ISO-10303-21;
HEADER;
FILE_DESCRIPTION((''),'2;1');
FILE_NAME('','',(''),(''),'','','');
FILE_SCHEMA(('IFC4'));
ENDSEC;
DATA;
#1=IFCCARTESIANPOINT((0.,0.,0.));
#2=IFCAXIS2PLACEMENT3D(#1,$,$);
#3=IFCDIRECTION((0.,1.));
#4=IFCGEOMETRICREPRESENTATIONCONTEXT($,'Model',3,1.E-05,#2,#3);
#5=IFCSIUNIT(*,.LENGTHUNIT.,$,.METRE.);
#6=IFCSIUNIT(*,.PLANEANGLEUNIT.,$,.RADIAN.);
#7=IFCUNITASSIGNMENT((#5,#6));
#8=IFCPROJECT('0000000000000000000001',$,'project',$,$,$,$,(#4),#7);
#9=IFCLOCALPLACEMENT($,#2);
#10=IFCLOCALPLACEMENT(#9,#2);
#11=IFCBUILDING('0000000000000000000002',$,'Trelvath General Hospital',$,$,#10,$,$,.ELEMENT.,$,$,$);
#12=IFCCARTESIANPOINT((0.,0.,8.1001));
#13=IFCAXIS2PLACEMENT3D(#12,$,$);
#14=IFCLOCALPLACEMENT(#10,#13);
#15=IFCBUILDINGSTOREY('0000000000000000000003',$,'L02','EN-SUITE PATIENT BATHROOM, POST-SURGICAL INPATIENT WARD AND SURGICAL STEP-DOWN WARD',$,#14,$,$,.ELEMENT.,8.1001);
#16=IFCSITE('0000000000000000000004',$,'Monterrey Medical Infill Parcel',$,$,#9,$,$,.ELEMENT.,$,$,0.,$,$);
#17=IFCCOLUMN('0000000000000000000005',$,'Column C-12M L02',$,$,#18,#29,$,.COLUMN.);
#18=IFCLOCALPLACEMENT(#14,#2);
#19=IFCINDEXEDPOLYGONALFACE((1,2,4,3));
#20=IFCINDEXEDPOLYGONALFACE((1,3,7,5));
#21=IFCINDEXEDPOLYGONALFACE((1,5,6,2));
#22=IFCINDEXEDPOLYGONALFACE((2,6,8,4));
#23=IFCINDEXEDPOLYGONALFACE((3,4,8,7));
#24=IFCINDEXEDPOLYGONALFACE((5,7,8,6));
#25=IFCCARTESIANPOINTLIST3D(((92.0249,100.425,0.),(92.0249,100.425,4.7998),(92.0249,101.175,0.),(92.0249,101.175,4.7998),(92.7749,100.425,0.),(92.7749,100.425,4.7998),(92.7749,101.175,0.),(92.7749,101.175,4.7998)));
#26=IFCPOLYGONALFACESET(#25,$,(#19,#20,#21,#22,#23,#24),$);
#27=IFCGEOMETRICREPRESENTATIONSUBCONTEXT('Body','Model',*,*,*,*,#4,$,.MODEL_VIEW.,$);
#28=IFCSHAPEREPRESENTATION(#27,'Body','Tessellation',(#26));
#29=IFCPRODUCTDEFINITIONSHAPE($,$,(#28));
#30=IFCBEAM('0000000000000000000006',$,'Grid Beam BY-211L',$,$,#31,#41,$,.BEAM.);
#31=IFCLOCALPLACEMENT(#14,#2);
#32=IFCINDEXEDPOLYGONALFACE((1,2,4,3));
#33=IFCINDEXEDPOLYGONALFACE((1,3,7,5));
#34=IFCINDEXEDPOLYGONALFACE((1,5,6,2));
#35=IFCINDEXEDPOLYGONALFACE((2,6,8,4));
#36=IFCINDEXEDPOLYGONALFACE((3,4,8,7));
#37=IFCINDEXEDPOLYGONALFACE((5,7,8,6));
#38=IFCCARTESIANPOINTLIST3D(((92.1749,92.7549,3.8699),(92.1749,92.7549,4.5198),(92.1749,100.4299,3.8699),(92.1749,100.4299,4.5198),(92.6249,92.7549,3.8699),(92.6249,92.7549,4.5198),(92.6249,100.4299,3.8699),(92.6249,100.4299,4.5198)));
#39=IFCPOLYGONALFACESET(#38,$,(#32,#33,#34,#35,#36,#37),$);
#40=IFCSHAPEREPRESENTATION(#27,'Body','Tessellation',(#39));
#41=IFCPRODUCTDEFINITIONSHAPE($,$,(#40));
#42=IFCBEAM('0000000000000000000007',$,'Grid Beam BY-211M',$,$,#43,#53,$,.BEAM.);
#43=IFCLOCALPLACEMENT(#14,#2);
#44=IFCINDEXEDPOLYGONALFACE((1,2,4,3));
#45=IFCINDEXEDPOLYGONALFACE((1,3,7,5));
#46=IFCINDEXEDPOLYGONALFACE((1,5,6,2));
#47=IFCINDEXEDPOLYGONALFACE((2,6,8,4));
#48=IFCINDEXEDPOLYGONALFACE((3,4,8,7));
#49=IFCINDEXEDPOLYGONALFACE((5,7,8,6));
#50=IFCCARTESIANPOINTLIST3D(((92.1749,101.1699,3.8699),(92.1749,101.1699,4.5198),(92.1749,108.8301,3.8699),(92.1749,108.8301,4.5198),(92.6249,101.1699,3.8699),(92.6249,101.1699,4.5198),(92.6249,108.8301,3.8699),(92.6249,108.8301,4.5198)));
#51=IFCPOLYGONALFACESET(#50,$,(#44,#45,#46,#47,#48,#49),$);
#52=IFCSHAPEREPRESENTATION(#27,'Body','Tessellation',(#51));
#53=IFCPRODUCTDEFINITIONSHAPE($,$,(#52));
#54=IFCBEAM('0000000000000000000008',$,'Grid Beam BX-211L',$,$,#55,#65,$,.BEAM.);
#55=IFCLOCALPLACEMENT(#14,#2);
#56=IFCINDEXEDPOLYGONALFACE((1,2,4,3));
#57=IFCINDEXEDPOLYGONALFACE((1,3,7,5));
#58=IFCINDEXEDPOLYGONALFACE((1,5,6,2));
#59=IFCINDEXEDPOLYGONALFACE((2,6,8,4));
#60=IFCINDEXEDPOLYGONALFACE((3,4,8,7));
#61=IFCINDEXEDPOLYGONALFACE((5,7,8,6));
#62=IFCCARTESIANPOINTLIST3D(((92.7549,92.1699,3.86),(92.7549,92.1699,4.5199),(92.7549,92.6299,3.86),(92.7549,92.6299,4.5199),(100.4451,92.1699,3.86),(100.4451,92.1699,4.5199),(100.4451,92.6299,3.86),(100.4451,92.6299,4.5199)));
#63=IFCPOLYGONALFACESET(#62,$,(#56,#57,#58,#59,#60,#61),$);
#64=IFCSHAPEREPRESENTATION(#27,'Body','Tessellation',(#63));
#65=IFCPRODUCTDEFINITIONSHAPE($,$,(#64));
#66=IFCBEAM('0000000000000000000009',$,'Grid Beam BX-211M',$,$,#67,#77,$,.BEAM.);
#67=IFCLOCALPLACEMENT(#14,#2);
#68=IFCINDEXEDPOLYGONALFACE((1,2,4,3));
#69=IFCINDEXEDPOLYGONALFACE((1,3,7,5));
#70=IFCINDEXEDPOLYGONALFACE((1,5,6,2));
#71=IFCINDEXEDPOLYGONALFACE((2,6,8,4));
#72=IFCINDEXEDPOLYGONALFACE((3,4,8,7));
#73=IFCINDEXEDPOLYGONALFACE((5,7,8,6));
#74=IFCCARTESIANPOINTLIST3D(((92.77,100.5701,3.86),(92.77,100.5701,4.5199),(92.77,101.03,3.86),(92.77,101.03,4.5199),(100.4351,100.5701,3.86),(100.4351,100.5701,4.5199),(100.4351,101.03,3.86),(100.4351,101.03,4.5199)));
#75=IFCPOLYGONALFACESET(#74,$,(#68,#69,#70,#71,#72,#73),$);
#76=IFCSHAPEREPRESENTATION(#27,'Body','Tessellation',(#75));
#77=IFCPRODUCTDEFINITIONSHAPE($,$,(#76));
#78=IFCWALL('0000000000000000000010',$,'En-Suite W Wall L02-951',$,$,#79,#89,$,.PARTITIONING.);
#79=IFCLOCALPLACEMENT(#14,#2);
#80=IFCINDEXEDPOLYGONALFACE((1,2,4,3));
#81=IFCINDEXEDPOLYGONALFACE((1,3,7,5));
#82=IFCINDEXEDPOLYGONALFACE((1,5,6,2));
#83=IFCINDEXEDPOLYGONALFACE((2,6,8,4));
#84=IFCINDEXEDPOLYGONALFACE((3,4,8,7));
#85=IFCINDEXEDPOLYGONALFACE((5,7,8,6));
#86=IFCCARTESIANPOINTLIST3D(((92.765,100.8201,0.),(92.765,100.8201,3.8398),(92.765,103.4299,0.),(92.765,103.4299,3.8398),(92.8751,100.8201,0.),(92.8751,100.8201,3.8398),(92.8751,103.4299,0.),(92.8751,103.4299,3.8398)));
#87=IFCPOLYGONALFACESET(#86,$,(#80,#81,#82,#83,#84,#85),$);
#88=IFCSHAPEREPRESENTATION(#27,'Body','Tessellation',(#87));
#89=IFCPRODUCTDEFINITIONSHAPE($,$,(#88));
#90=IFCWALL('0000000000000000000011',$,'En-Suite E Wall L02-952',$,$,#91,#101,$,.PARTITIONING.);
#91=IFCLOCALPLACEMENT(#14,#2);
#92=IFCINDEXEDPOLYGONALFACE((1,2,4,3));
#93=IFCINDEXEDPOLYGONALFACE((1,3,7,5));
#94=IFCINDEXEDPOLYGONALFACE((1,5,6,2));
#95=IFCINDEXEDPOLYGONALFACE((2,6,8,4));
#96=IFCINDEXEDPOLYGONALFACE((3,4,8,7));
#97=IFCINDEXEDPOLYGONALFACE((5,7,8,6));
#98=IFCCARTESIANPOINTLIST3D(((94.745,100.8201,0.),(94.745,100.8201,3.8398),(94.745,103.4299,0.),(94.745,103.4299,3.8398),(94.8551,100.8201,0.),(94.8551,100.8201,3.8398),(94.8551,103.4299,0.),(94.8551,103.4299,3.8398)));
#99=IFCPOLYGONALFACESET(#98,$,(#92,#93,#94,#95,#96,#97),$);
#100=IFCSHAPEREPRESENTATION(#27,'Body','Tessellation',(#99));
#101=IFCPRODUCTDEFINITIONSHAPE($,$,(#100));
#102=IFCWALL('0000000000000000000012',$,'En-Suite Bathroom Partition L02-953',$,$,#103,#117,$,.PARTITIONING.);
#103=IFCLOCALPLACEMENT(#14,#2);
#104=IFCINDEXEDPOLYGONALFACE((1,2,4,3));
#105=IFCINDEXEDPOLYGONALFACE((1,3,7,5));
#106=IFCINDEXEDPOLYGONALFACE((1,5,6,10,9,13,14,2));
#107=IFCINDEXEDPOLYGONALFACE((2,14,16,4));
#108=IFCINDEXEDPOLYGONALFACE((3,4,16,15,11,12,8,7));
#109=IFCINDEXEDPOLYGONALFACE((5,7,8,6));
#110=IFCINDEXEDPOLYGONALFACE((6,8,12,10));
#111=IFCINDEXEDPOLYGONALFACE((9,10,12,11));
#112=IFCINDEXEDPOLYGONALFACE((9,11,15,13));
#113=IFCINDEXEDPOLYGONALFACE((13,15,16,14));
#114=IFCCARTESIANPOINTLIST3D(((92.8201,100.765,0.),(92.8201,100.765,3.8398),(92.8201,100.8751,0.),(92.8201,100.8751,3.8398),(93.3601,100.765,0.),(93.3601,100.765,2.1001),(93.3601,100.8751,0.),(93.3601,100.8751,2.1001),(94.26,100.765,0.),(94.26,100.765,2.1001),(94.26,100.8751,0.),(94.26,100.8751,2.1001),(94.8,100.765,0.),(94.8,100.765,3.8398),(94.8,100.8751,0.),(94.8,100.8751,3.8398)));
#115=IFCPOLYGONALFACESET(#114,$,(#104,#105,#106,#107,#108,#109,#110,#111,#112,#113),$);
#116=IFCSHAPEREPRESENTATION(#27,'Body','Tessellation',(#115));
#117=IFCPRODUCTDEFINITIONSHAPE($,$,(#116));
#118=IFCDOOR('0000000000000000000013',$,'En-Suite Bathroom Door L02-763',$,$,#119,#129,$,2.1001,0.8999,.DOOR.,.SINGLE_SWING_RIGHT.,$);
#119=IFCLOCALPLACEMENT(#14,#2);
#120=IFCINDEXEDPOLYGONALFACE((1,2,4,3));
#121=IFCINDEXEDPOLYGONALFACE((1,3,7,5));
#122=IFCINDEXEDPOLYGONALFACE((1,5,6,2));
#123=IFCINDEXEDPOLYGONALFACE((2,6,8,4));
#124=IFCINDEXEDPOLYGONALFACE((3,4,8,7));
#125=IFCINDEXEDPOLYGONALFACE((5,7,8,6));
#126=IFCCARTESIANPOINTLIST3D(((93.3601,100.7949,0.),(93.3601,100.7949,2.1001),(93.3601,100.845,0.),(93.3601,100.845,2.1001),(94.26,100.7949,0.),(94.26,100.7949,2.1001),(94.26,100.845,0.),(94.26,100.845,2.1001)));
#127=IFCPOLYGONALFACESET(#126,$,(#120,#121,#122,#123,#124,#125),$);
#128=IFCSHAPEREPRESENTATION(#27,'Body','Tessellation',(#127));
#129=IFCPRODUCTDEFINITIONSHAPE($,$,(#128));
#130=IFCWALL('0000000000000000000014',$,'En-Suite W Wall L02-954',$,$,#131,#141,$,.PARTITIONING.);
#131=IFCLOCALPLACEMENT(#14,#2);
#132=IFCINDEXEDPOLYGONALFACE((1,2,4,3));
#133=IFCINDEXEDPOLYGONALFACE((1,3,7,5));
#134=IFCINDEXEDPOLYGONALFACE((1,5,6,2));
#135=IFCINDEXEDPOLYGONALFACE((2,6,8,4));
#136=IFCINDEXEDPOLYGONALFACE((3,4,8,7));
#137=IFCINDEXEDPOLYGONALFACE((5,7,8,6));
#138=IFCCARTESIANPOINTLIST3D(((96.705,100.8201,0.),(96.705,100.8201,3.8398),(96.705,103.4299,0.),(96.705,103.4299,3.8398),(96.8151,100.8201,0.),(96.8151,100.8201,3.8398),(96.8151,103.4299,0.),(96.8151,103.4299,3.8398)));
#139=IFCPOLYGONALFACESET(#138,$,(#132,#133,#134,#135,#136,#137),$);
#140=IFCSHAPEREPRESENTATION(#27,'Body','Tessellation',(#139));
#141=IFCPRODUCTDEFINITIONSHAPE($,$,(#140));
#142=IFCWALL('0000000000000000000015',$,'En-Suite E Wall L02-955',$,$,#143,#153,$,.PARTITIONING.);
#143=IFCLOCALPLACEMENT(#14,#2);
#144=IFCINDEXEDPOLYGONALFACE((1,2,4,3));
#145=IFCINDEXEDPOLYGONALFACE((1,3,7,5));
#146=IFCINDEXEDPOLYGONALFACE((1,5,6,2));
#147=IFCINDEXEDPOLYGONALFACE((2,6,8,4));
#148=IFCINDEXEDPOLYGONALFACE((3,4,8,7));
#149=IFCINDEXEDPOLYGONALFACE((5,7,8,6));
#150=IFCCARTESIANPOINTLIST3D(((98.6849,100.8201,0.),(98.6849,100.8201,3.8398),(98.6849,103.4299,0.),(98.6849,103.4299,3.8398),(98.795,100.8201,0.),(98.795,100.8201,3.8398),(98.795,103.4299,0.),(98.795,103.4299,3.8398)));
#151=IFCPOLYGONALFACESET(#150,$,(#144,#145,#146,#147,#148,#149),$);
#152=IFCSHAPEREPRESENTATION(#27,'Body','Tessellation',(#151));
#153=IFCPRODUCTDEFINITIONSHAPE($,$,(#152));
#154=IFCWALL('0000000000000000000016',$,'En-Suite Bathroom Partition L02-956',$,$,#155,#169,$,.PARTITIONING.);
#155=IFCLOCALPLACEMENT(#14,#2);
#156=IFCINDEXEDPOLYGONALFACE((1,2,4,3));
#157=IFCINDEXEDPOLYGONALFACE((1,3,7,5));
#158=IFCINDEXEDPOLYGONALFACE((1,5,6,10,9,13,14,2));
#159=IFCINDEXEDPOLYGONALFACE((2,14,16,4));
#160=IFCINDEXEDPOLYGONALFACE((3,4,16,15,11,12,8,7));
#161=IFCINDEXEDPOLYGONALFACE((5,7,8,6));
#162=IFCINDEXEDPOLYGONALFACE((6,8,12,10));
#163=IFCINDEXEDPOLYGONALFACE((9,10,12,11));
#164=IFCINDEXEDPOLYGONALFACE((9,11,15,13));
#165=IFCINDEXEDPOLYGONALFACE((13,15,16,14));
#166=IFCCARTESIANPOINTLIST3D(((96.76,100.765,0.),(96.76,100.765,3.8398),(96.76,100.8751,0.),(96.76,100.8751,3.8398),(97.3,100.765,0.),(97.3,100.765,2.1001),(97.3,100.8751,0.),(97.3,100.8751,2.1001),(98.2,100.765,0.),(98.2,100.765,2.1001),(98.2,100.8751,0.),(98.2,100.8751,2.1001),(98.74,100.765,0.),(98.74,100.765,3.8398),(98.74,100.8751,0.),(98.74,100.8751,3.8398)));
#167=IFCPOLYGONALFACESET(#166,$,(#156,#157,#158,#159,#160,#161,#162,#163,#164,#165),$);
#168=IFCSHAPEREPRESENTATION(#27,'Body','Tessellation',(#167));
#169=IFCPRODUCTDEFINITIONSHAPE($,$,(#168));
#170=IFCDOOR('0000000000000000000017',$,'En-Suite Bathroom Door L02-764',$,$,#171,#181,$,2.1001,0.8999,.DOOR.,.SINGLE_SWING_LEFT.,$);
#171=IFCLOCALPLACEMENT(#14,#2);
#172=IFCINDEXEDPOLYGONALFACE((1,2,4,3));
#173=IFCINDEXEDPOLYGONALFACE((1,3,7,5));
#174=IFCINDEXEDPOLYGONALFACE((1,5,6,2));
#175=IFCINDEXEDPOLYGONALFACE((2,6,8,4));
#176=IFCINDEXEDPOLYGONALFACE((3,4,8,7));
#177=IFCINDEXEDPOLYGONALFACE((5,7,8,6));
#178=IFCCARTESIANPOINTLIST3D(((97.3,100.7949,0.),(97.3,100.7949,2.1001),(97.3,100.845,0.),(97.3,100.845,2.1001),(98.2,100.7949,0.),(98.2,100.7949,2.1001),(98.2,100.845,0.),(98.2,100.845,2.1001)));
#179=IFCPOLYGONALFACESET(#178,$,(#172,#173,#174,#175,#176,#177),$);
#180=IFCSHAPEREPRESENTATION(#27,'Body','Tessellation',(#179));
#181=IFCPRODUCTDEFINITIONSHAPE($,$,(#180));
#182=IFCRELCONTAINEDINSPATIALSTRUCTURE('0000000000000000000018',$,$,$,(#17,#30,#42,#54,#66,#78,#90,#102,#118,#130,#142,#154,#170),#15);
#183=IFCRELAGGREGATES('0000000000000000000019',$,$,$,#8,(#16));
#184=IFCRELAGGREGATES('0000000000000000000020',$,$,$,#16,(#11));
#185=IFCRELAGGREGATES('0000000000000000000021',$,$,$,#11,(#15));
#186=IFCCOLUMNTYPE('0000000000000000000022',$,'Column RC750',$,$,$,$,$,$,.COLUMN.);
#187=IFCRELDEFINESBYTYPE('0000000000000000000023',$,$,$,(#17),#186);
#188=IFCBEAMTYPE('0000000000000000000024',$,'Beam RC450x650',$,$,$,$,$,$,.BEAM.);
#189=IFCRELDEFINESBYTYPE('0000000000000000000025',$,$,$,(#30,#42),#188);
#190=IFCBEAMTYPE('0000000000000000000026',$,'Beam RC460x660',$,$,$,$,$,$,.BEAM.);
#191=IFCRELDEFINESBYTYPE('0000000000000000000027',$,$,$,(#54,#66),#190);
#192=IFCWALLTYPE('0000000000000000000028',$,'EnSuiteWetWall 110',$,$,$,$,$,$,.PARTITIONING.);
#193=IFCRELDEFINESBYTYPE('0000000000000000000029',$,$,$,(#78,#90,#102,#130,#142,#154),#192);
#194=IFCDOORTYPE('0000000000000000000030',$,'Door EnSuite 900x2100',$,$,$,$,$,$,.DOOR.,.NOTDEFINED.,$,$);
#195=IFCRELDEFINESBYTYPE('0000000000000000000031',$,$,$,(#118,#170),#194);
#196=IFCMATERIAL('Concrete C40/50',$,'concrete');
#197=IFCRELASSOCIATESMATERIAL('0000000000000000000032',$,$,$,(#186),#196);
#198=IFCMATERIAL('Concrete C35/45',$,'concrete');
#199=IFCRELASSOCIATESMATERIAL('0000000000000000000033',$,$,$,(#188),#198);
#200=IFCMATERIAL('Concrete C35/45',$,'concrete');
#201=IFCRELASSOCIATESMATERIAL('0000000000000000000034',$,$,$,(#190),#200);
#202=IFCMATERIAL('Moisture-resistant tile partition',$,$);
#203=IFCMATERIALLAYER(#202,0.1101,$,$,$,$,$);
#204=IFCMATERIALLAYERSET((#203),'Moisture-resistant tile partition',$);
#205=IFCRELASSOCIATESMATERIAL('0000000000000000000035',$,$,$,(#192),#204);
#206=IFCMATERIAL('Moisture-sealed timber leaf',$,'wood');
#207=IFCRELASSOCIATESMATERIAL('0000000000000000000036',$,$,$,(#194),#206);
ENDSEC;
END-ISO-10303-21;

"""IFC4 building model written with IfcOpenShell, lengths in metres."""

from ifc_helpers import new_model, si_unit, direction, frame, frame_2d, origin, origin_2d, place, context, subcontext, project, spatial, rectangle, extrude, material, layer, layer_set, material_profile, profile_set, type_object, element, fill, save


model = new_model("IFC4")

# Units and contexts
model_context = context("Model", 3, precision=1e-05, world=origin(), true_north=direction((0.0, 1.0)))
body_context = subcontext(model_context, "Body", "Model", "MODEL_VIEW")
ifc_project = project(units=[si_unit("LENGTHUNIT", "METRE"), si_unit("PLANEANGLEUNIT", "RADIAN")], contexts=[model_context])

# Site, building, storey
site_placement = place(None, origin())
site = spatial("IfcSite", under=ifc_project, at=site_placement, Name="Monterrey Medical Infill Parcel", CompositionType="ELEMENT", RefElevation=0.0)
building_placement = place(site_placement, origin())
building = spatial("IfcBuilding", under=site, at=building_placement, Name="Trelvath General Hospital", CompositionType="ELEMENT")
storey_placement = place(building_placement, frame((0.0, 0.0, 8.1001)))
storey = spatial("IfcBuildingStorey", under=building, at=storey_placement, Name="L02", Description="EN-SUITE PATIENT BATHROOM, POST-SURGICAL INPATIENT WARD AND SURGICAL STEP-DOWN WARD", CompositionType="ELEMENT", Elevation=8.1001)

# Column
ifc_material_1 = material(Name="Concrete C40/50", Category="concrete")
ifc_material_profile_1 = material_profile(ifc_material_1, rectangle(XDim=0.75, YDim=0.75, at=origin_2d()), Name="RC750x750")
ifc_profile_set_1 = profile_set([ifc_material_profile_1], Name="Concrete C40/50")
column_type = type_object("IfcColumnType", Name="Column RC750", PredefinedType="COLUMN", material=ifc_profile_set_1)
column_placement = place(storey_placement, frame((92.3999, 100.8, 0.0), z_axis=(0.0, 0.0, 1.0), x_axis=(1.0, 0.0, 0.0)))
element("IfcColumn", 1, at=column_placement, inside=storey, type_object=column_type, Name="Column C-12M L02", PredefinedType="COLUMN", context=body_context, shape_type="SweptSolid", body=[
    extrude(rectangle(XDim=0.75, YDim=0.75, at=origin_2d()), origin(), (0.0, 0.0, 1.0), 4.7998),
])

# Beams
ifc_material_2 = material(Name="Concrete C35/45", Category="concrete")
ifc_material_profile_2 = material_profile(ifc_material_2, rectangle(XDim=0.45, YDim=0.6499, at=origin_2d()), Name="RCB450x650")
ifc_profile_set_2 = profile_set([ifc_material_profile_2], Name="Concrete C35/45")
beam_type_1 = type_object("IfcBeamType", Name="Beam RC450x650", PredefinedType="BEAM", material=ifc_profile_set_2)
beam_1_placement = place(storey_placement, frame((92.3999, 92.7549, 4.1948), z_axis=(0.0, 1.0, 0.0), x_axis=(-1.0, 0.0, 0.0)))
element("IfcBeam", 2, at=beam_1_placement, inside=storey, type_object=beam_type_1, Name="Grid Beam BY-211L", PredefinedType="BEAM", context=body_context, shape_type="SweptSolid", body=[
    extrude(rectangle(XDim=0.45, YDim=0.6499, at=origin_2d()), origin(), (0.0, 0.0, 1.0), 7.675),
])
beam_2_placement = place(storey_placement, frame((92.3999, 101.1699, 4.1948), z_axis=(0.0, 1.0, 0.0), x_axis=(-1.0, 0.0, 0.0)))
element("IfcBeam", 3, at=beam_2_placement, inside=storey, type_object=beam_type_1, Name="Grid Beam BY-211M", PredefinedType="BEAM", context=body_context, shape_type="SweptSolid", body=[
    extrude(rectangle(XDim=0.45, YDim=0.6499, at=origin_2d()), origin(), (0.0, 0.0, 1.0), 7.6602),
])
ifc_material_3 = material(Name="Concrete C35/45", Category="concrete")
ifc_material_profile_3 = material_profile(ifc_material_3, rectangle(XDim=0.46, YDim=0.6599, at=origin_2d()), Name="RCB460x660")
ifc_profile_set_3 = profile_set([ifc_material_profile_3], Name="Concrete C35/45")
beam_type_2 = type_object("IfcBeamType", Name="Beam RC460x660", PredefinedType="BEAM", material=ifc_profile_set_3)
beam_3_placement = place(storey_placement, frame((92.7549, 92.3999, 4.1899), z_axis=(1.0, 0.0, 0.0), x_axis=(0.0, 1.0, 0.0)))
element("IfcBeam", 4, at=beam_3_placement, inside=storey, type_object=beam_type_2, Name="Grid Beam BX-211L", PredefinedType="BEAM", context=body_context, shape_type="SweptSolid", body=[
    extrude(rectangle(XDim=0.46, YDim=0.6599, at=origin_2d()), origin(), (0.0, 0.0, 1.0), 7.6902),
])
beam_4_placement = place(storey_placement, frame((92.77, 100.8, 4.1899), z_axis=(1.0, 0.0, 0.0), x_axis=(0.0, 1.0, 0.0)))
element("IfcBeam", 5, at=beam_4_placement, inside=storey, type_object=beam_type_2, Name="Grid Beam BX-211M", PredefinedType="BEAM", context=body_context, shape_type="SweptSolid", body=[
    extrude(rectangle(XDim=0.46, YDim=0.6599, at=origin_2d()), origin(), (0.0, 0.0, 1.0), 7.665),
])

# Walls
ifc_material_4 = material(Name="Moisture-resistant tile partition")
ifc_layer_1 = layer(ifc_material_4, 0.1101)
ifc_layer_set_1 = layer_set([ifc_layer_1], Name="Moisture-resistant tile partition")
wall_type_1 = type_object("IfcWallType", Name="EnSuiteWetWall 110", PredefinedType="PARTITIONING", material=ifc_layer_set_1)
for number, where, z_axis, x_axis, name in (
    (6, (92.8201, 100.8201, 0.0), (0.0, 0.0, 1.0), (0.0, 1.0, 0.0), "En-Suite W Wall L02-951"),
    (7, (94.8, 100.8201, 0.0), (0.0, 0.0, 1.0), (0.0, 1.0, 0.0), "En-Suite E Wall L02-952"),
):
    element("IfcWall", number, at=place(storey_placement, frame(where, z_axis=z_axis, x_axis=x_axis)), inside=storey, type_object=wall_type_1, Name=name, PredefinedType="PARTITIONING", context=body_context, shape_type="SweptSolid", body=[
        extrude(rectangle(XDim=2.6099, YDim=0.1101, at=frame_2d((1.3049, 0.0))), origin(), (0.0, 0.0, 1.0), 3.8398),
    ])

# Wall, opening, door
wall_1_placement = place(storey_placement, frame((92.8201, 100.8201, 0.0), z_axis=(0.0, 0.0, 1.0), x_axis=(1.0, 0.0, 0.0)))
wall_1 = element("IfcWall", 8, at=wall_1_placement, inside=storey, type_object=wall_type_1, Name="En-Suite Bathroom Partition L02-953", PredefinedType="PARTITIONING", context=body_context, shape_type="SweptSolid", body=[
    extrude(rectangle(XDim=1.98, YDim=0.1101, at=frame_2d((0.99, 0.0))), origin(), (0.0, 0.0, 1.0), 3.8398),
])
opening_1_placement = place(wall_1_placement, frame((0.54, 0.0, 0.0)))
opening_1 = element("IfcOpeningElement", 9, at=opening_1_placement, cuts=wall_1, PredefinedType="OPENING", context=body_context, shape_type="SweptSolid", body=[
    extrude(rectangle(XDim=0.8999, YDim=2.1001, at=frame_2d((0.45, 1.05))), frame((0.0, 0.0649, 0.0), z_axis=(0.0, -1.0, 0.0), x_axis=(1.0, 0.0, 0.0)), (0.0, 0.0, 1.0), 0.1301),
])
ifc_material_5 = material(Name="Moisture-sealed timber leaf", Category="wood")
door_type = type_object("IfcDoorType", Name="Door EnSuite 900x2100", OperationType="NOTDEFINED", PredefinedType="DOOR", material=ifc_material_5)
door_1_placement = place(opening_1_placement, origin())
door_1 = element("IfcDoor", 10, at=door_1_placement, inside=storey, type_object=door_type, Name="En-Suite Bathroom Door L02-763", OperationType="SINGLE_SWING_RIGHT", OverallHeight=2.1001, OverallWidth=0.8999, PredefinedType="DOOR", context=body_context, shape_type="SweptSolid", body=[
    extrude(rectangle(XDim=0.8999, YDim=2.1001, at=frame_2d((0.45, 1.05))), frame((0.0, 0.0249, 0.0), z_axis=(0.0, -1.0, 0.0), x_axis=(1.0, 0.0, 0.0)), (0.0, 0.0, 1.0), 0.05),
])
fill(opening_1, door_1)

# Walls
for number, where, z_axis, x_axis, name in (
    (11, (96.76, 100.8201, 0.0), (0.0, 0.0, 1.0), (0.0, 1.0, 0.0), "En-Suite W Wall L02-954"),
    (12, (98.74, 100.8201, 0.0), (0.0, 0.0, 1.0), (0.0, 1.0, 0.0), "En-Suite E Wall L02-955"),
):
    element("IfcWall", number, at=place(storey_placement, frame(where, z_axis=z_axis, x_axis=x_axis)), inside=storey, type_object=wall_type_1, Name=name, PredefinedType="PARTITIONING", context=body_context, shape_type="SweptSolid", body=[
        extrude(rectangle(XDim=2.6099, YDim=0.1101, at=frame_2d((1.3049, 0.0))), origin(), (0.0, 0.0, 1.0), 3.8398),
    ])

# Wall, opening, door
wall_2_placement = place(storey_placement, frame((96.76, 100.8201, 0.0), z_axis=(0.0, 0.0, 1.0), x_axis=(1.0, 0.0, 0.0)))
wall_2 = element("IfcWall", 13, at=wall_2_placement, inside=storey, type_object=wall_type_1, Name="En-Suite Bathroom Partition L02-956", PredefinedType="PARTITIONING", context=body_context, shape_type="SweptSolid", body=[
    extrude(rectangle(XDim=1.98, YDim=0.1101, at=frame_2d((0.99, 0.0))), origin(), (0.0, 0.0, 1.0), 3.8398),
])
opening_2_placement = place(wall_2_placement, frame((0.54, 0.0, 0.0)))
opening_2 = element("IfcOpeningElement", 14, at=opening_2_placement, cuts=wall_2, PredefinedType="OPENING", context=body_context, shape_type="SweptSolid", body=[
    extrude(rectangle(XDim=0.8999, YDim=2.1001, at=frame_2d((0.45, 1.05))), frame((0.0, 0.0649, 0.0), z_axis=(0.0, -1.0, 0.0), x_axis=(1.0, 0.0, 0.0)), (0.0, 0.0, 1.0), 0.1301),
])
door_2_placement = place(opening_2_placement, origin())
door_2 = element("IfcDoor", 15, at=door_2_placement, inside=storey, type_object=door_type, Name="En-Suite Bathroom Door L02-764", OperationType="SINGLE_SWING_LEFT", OverallHeight=2.1001, OverallWidth=0.8999, PredefinedType="DOOR", context=body_context, shape_type="SweptSolid", body=[
    extrude(rectangle(XDim=0.8999, YDim=2.1001, at=frame_2d((0.45, 1.05))), frame((0.0, 0.0249, 0.0), z_axis=(0.0, -1.0, 0.0), x_axis=(1.0, 0.0, 0.0)), (0.0, 0.0, 1.0), 0.05),
])
fill(opening_2, door_2)

save(model, "model.ifc")
